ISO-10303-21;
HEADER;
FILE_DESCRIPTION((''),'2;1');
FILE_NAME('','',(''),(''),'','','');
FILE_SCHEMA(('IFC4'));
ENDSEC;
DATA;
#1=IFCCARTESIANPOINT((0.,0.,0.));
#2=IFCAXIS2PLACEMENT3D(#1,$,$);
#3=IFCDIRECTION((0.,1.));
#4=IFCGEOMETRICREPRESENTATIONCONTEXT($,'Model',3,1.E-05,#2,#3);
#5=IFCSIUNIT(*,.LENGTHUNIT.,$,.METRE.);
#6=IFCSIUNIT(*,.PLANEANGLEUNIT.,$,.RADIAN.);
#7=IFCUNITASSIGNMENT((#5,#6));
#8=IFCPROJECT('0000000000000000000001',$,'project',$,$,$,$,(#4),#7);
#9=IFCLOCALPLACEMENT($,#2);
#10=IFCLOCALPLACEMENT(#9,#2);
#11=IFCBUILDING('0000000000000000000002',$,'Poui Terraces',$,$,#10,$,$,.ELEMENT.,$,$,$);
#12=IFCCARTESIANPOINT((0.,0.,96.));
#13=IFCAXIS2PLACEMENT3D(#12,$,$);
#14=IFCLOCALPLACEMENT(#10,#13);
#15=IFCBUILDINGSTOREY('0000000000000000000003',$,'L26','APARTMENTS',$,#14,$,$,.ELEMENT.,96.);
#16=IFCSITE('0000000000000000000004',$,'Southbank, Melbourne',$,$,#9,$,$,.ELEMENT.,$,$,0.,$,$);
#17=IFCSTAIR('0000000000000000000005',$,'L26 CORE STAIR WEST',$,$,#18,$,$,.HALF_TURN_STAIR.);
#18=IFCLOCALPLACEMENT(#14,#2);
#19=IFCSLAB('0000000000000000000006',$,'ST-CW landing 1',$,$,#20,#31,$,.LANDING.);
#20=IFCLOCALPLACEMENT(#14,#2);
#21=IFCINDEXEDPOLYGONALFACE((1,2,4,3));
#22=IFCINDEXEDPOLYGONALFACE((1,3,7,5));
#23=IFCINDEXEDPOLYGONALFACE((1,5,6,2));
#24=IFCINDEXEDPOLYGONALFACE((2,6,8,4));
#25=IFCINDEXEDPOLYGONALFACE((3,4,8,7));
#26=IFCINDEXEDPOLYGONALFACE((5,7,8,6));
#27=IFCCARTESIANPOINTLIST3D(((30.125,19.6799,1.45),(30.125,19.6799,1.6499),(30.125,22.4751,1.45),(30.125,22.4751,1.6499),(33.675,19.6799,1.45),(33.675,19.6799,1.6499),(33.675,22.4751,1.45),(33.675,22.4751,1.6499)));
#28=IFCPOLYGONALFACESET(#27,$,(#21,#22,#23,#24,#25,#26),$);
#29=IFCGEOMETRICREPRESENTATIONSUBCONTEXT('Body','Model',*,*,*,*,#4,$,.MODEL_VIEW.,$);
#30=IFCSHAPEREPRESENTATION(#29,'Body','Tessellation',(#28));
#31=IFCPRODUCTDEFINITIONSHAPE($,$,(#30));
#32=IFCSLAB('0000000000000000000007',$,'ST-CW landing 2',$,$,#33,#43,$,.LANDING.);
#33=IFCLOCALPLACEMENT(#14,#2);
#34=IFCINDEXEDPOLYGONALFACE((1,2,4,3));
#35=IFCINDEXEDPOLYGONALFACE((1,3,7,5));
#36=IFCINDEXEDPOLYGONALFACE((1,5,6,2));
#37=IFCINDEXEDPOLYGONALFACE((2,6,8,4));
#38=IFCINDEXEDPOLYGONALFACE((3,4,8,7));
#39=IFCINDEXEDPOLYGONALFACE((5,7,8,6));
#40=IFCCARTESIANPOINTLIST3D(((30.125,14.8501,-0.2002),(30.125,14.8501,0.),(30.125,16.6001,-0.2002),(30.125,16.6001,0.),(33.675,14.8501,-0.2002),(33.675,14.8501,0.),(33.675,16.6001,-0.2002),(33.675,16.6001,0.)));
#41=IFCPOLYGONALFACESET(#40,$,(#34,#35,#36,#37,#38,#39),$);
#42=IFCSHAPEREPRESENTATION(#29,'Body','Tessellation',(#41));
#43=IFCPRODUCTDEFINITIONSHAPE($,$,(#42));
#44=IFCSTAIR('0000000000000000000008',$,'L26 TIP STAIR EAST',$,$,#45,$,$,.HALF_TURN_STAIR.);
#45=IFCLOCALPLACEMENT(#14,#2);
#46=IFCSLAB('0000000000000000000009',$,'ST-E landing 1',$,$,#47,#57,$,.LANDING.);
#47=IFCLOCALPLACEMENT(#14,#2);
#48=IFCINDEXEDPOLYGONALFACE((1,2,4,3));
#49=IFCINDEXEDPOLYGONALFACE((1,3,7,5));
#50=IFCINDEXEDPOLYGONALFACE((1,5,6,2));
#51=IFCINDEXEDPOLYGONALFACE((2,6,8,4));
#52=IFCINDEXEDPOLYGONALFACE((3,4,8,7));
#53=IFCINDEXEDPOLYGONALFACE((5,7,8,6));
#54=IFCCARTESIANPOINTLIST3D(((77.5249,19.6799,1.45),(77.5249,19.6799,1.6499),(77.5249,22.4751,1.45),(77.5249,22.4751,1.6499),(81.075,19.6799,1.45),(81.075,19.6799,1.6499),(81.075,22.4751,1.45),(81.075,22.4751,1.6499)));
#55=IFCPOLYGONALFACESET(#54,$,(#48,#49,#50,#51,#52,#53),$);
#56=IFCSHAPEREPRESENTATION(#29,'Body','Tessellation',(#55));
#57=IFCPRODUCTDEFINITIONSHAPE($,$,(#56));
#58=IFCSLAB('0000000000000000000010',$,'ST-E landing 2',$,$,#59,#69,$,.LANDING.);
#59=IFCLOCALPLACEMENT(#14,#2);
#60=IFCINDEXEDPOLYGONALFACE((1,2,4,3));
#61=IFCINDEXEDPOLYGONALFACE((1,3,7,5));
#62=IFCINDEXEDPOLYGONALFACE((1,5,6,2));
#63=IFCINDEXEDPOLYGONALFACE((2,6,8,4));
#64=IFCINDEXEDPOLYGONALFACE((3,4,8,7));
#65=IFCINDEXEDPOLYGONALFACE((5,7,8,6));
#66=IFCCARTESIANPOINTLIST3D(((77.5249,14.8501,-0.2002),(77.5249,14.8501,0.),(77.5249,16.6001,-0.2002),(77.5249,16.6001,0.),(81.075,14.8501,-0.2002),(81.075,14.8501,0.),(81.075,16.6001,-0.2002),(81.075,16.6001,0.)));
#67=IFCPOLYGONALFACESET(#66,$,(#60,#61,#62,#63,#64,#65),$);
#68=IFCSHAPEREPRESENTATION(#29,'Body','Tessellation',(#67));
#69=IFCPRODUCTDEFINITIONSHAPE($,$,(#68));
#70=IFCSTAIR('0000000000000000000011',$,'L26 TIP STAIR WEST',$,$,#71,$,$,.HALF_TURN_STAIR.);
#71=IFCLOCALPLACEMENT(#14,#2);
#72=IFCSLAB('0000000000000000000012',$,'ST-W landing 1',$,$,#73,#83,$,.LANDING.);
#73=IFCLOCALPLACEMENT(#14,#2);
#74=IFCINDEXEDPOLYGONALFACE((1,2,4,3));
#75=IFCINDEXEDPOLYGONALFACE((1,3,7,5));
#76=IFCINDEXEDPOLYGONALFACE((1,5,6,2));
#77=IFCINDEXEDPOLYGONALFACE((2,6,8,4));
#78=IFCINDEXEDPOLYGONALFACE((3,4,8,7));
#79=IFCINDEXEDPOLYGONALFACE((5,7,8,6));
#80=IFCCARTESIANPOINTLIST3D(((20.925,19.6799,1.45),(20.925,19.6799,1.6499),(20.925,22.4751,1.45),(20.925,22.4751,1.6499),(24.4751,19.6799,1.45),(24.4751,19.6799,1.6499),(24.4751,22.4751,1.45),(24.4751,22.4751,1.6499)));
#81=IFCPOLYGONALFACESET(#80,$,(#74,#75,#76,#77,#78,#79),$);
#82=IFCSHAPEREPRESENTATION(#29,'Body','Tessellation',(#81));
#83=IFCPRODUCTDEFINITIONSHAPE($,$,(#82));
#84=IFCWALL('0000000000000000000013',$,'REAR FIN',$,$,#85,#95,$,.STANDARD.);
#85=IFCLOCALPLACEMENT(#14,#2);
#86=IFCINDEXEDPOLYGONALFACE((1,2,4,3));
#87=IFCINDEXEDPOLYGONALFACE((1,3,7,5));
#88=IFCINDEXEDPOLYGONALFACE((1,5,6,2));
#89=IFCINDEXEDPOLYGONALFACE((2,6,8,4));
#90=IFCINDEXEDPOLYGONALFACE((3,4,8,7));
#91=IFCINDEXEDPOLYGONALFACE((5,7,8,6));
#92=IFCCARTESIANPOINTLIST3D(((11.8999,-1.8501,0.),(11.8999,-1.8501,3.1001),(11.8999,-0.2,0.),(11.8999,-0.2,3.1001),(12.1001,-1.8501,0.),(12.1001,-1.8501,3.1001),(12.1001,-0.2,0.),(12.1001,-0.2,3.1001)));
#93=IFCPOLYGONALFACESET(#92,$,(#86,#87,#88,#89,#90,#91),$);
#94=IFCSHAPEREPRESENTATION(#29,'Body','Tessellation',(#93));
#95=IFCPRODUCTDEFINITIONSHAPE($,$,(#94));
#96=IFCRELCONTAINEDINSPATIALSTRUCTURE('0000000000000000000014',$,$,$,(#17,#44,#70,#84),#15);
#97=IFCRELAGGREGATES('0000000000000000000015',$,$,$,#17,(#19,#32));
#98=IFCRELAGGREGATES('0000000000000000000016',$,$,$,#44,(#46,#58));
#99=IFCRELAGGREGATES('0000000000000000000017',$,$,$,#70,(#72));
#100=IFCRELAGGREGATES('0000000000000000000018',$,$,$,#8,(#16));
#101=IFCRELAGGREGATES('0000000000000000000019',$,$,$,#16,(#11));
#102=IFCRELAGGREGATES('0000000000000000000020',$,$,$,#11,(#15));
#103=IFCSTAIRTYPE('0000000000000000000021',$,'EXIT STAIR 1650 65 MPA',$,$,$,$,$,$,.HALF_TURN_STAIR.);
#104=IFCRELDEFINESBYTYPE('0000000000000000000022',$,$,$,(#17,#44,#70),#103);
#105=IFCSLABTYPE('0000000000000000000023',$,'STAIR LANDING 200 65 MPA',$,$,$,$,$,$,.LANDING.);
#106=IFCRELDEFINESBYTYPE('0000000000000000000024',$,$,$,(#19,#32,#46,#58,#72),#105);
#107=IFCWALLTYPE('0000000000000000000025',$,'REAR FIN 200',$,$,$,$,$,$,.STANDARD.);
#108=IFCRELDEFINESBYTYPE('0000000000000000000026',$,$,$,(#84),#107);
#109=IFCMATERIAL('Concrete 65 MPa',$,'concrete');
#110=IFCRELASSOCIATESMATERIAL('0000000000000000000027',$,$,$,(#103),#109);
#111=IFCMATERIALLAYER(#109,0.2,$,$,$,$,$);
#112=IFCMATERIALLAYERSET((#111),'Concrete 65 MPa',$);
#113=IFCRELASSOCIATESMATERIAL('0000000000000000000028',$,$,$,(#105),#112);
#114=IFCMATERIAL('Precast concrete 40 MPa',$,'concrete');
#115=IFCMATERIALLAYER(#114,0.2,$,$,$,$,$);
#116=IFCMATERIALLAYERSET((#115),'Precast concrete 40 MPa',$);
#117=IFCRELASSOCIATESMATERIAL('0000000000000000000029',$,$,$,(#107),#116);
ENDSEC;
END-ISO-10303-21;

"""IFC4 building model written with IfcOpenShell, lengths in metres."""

from ifc_helpers import new_model, si_unit, direction, frame, origin, place, context, subcontext, project, spatial, polyline, outline, extrude, source, transform, mapped, material, layer, layer_set, type_object, element, aggregate, save


model = new_model("IFC4")

# Units and contexts
model_context = context("Model", 3, precision=1e-05, world=origin(), true_north=direction((0.0, 1.0)))
body_context = subcontext(model_context, "Body", "Model", "MODEL_VIEW")
ifc_project = project(units=[si_unit("LENGTHUNIT", "METRE"), si_unit("PLANEANGLEUNIT", "RADIAN")], contexts=[model_context])

# Site, building, storey
site_placement = place(None, origin())
site = spatial("IfcSite", under=ifc_project, at=site_placement, Name="Southbank, Melbourne", CompositionType="ELEMENT", RefElevation=0.0)
building_placement = place(site_placement, origin())
building = spatial("IfcBuilding", under=site, at=building_placement, Name="Poui Terraces", CompositionType="ELEMENT")
storey_placement = place(building_placement, frame((0.0, 0.0, 96.0)))
storey = spatial("IfcBuildingStorey", under=building, at=storey_placement, Name="L26", Description="APARTMENTS", CompositionType="ELEMENT", Elevation=96.0)

# Stairs, slabs
ifc_material_1 = material(Name="Concrete 65 MPa", Category="concrete")
stair_type = type_object("IfcStairType", Name="EXIT STAIR 1650 65 MPA", PredefinedType="HALF_TURN_STAIR", material=ifc_material_1)
stair_1_placement = place(storey_placement, origin())
stair_1 = element("IfcStair", 1, at=stair_1_placement, inside=storey, type_object=stair_type, Name="L26 CORE STAIR WEST", PredefinedType="HALF_TURN_STAIR")
ifc_layer_1 = layer(ifc_material_1, 0.2)
ifc_layer_set_1 = layer_set([ifc_layer_1], Name="Concrete 65 MPa")
slab_type = type_object("IfcSlabType", Name="STAIR LANDING 200 65 MPA", PredefinedType="LANDING", material=ifc_layer_set_1)
slab_1_placement = place(storey_placement, frame((0.0, 0.0, 1.45)))
slab_1 = element("IfcSlab", 2, at=slab_1_placement, type_object=slab_type, Name="ST-CW landing 1", PredefinedType="LANDING", context=body_context, shape_type="SweptSolid", body=[
    extrude(outline(polyline([(30.125, 19.6799), (33.675, 19.6799), (33.675, 22.4751), (30.125, 22.4751), (30.125, 19.6799)])), origin(), (0.0, 0.0, 1.0), 0.2),
])
slab_2_placement = place(storey_placement, frame((0.0, 0.0, -0.2002)))
slab_2 = element("IfcSlab", 3, at=slab_2_placement, type_object=slab_type, Name="ST-CW landing 2", PredefinedType="LANDING", context=body_context, shape_type="SweptSolid", body=[
    extrude(outline(polyline([(30.125, 14.8501), (33.675, 14.8501), (33.675, 16.6001), (30.125, 16.6001), (30.125, 14.8501)])), origin(), (0.0, 0.0, 1.0), 0.2002),
])
aggregate(stair_1, [slab_1, slab_2])
stair_2_placement = place(storey_placement, origin())
stair_2 = element("IfcStair", 4, at=stair_2_placement, inside=storey, type_object=stair_type, Name="L26 TIP STAIR EAST", PredefinedType="HALF_TURN_STAIR")
slab_3_placement = place(storey_placement, frame((0.0, 0.0, 1.45)))
slab_3 = element("IfcSlab", 5, at=slab_3_placement, type_object=slab_type, Name="ST-E landing 1", PredefinedType="LANDING", context=body_context, shape_type="SweptSolid", body=[
    extrude(outline(polyline([(77.5249, 19.6799), (81.075, 19.6799), (81.075, 22.4751), (77.5249, 22.4751), (77.5249, 19.6799)])), origin(), (0.0, 0.0, 1.0), 0.2),
])
slab_4_placement = place(storey_placement, frame((0.0, 0.0, -0.2002)))
slab_4 = element("IfcSlab", 6, at=slab_4_placement, type_object=slab_type, Name="ST-E landing 2", PredefinedType="LANDING", context=body_context, shape_type="SweptSolid", body=[
    extrude(outline(polyline([(77.5249, 14.8501), (81.075, 14.8501), (81.075, 16.6001), (77.5249, 16.6001), (77.5249, 14.8501)])), origin(), (0.0, 0.0, 1.0), 0.2002),
])
aggregate(stair_2, [slab_3, slab_4])

# Stair, slab
stair_3_placement = place(storey_placement, origin())
stair_3 = element("IfcStair", 7, at=stair_3_placement, inside=storey, type_object=stair_type, Name="L26 TIP STAIR WEST", PredefinedType="HALF_TURN_STAIR")
slab_5_placement = place(storey_placement, frame((0.0, 0.0, 1.45)))
slab_5 = element("IfcSlab", 8, at=slab_5_placement, type_object=slab_type, Name="ST-W landing 1", PredefinedType="LANDING", context=body_context, shape_type="SweptSolid", body=[
    extrude(outline(polyline([(20.925, 19.6799), (24.4751, 19.6799), (24.4751, 22.4751), (20.925, 22.4751), (20.925, 19.6799)])), origin(), (0.0, 0.0, 1.0), 0.2),
])
aggregate(stair_3, [slab_5])

# Wall
ifc_material_2 = material(Name="Precast concrete 40 MPa", Category="concrete")
ifc_layer_2 = layer(ifc_material_2, 0.2)
ifc_layer_set_2 = layer_set([ifc_layer_2], Name="Precast concrete 40 MPa")
wall_type = type_object("IfcWallType", Name="REAR FIN 200", PredefinedType="STANDARD", material=ifc_layer_set_2)
shared_shape = source(origin(), body_context, "Body", "SweptSolid", [
    extrude(outline(polyline([(0.0, 0.0), (0.2002, 0.0), (0.2002, 1.6501), (0.0, 1.6501), (0.0, 0.0)])), origin(), (0.0, 0.0, 1.0), 3.1001),
])
wall_placement = place(storey_placement, frame((11.8999, -1.8501, 0.0)))
element("IfcWall", 9, at=wall_placement, inside=storey, type_object=wall_type, Name="REAR FIN", PredefinedType="STANDARD", context=body_context, shape_type="MappedRepresentation", body=[
    mapped(shared_shape, transform((0.0, 0.0, 0.0))),
])

save(model, "model.ifc")
